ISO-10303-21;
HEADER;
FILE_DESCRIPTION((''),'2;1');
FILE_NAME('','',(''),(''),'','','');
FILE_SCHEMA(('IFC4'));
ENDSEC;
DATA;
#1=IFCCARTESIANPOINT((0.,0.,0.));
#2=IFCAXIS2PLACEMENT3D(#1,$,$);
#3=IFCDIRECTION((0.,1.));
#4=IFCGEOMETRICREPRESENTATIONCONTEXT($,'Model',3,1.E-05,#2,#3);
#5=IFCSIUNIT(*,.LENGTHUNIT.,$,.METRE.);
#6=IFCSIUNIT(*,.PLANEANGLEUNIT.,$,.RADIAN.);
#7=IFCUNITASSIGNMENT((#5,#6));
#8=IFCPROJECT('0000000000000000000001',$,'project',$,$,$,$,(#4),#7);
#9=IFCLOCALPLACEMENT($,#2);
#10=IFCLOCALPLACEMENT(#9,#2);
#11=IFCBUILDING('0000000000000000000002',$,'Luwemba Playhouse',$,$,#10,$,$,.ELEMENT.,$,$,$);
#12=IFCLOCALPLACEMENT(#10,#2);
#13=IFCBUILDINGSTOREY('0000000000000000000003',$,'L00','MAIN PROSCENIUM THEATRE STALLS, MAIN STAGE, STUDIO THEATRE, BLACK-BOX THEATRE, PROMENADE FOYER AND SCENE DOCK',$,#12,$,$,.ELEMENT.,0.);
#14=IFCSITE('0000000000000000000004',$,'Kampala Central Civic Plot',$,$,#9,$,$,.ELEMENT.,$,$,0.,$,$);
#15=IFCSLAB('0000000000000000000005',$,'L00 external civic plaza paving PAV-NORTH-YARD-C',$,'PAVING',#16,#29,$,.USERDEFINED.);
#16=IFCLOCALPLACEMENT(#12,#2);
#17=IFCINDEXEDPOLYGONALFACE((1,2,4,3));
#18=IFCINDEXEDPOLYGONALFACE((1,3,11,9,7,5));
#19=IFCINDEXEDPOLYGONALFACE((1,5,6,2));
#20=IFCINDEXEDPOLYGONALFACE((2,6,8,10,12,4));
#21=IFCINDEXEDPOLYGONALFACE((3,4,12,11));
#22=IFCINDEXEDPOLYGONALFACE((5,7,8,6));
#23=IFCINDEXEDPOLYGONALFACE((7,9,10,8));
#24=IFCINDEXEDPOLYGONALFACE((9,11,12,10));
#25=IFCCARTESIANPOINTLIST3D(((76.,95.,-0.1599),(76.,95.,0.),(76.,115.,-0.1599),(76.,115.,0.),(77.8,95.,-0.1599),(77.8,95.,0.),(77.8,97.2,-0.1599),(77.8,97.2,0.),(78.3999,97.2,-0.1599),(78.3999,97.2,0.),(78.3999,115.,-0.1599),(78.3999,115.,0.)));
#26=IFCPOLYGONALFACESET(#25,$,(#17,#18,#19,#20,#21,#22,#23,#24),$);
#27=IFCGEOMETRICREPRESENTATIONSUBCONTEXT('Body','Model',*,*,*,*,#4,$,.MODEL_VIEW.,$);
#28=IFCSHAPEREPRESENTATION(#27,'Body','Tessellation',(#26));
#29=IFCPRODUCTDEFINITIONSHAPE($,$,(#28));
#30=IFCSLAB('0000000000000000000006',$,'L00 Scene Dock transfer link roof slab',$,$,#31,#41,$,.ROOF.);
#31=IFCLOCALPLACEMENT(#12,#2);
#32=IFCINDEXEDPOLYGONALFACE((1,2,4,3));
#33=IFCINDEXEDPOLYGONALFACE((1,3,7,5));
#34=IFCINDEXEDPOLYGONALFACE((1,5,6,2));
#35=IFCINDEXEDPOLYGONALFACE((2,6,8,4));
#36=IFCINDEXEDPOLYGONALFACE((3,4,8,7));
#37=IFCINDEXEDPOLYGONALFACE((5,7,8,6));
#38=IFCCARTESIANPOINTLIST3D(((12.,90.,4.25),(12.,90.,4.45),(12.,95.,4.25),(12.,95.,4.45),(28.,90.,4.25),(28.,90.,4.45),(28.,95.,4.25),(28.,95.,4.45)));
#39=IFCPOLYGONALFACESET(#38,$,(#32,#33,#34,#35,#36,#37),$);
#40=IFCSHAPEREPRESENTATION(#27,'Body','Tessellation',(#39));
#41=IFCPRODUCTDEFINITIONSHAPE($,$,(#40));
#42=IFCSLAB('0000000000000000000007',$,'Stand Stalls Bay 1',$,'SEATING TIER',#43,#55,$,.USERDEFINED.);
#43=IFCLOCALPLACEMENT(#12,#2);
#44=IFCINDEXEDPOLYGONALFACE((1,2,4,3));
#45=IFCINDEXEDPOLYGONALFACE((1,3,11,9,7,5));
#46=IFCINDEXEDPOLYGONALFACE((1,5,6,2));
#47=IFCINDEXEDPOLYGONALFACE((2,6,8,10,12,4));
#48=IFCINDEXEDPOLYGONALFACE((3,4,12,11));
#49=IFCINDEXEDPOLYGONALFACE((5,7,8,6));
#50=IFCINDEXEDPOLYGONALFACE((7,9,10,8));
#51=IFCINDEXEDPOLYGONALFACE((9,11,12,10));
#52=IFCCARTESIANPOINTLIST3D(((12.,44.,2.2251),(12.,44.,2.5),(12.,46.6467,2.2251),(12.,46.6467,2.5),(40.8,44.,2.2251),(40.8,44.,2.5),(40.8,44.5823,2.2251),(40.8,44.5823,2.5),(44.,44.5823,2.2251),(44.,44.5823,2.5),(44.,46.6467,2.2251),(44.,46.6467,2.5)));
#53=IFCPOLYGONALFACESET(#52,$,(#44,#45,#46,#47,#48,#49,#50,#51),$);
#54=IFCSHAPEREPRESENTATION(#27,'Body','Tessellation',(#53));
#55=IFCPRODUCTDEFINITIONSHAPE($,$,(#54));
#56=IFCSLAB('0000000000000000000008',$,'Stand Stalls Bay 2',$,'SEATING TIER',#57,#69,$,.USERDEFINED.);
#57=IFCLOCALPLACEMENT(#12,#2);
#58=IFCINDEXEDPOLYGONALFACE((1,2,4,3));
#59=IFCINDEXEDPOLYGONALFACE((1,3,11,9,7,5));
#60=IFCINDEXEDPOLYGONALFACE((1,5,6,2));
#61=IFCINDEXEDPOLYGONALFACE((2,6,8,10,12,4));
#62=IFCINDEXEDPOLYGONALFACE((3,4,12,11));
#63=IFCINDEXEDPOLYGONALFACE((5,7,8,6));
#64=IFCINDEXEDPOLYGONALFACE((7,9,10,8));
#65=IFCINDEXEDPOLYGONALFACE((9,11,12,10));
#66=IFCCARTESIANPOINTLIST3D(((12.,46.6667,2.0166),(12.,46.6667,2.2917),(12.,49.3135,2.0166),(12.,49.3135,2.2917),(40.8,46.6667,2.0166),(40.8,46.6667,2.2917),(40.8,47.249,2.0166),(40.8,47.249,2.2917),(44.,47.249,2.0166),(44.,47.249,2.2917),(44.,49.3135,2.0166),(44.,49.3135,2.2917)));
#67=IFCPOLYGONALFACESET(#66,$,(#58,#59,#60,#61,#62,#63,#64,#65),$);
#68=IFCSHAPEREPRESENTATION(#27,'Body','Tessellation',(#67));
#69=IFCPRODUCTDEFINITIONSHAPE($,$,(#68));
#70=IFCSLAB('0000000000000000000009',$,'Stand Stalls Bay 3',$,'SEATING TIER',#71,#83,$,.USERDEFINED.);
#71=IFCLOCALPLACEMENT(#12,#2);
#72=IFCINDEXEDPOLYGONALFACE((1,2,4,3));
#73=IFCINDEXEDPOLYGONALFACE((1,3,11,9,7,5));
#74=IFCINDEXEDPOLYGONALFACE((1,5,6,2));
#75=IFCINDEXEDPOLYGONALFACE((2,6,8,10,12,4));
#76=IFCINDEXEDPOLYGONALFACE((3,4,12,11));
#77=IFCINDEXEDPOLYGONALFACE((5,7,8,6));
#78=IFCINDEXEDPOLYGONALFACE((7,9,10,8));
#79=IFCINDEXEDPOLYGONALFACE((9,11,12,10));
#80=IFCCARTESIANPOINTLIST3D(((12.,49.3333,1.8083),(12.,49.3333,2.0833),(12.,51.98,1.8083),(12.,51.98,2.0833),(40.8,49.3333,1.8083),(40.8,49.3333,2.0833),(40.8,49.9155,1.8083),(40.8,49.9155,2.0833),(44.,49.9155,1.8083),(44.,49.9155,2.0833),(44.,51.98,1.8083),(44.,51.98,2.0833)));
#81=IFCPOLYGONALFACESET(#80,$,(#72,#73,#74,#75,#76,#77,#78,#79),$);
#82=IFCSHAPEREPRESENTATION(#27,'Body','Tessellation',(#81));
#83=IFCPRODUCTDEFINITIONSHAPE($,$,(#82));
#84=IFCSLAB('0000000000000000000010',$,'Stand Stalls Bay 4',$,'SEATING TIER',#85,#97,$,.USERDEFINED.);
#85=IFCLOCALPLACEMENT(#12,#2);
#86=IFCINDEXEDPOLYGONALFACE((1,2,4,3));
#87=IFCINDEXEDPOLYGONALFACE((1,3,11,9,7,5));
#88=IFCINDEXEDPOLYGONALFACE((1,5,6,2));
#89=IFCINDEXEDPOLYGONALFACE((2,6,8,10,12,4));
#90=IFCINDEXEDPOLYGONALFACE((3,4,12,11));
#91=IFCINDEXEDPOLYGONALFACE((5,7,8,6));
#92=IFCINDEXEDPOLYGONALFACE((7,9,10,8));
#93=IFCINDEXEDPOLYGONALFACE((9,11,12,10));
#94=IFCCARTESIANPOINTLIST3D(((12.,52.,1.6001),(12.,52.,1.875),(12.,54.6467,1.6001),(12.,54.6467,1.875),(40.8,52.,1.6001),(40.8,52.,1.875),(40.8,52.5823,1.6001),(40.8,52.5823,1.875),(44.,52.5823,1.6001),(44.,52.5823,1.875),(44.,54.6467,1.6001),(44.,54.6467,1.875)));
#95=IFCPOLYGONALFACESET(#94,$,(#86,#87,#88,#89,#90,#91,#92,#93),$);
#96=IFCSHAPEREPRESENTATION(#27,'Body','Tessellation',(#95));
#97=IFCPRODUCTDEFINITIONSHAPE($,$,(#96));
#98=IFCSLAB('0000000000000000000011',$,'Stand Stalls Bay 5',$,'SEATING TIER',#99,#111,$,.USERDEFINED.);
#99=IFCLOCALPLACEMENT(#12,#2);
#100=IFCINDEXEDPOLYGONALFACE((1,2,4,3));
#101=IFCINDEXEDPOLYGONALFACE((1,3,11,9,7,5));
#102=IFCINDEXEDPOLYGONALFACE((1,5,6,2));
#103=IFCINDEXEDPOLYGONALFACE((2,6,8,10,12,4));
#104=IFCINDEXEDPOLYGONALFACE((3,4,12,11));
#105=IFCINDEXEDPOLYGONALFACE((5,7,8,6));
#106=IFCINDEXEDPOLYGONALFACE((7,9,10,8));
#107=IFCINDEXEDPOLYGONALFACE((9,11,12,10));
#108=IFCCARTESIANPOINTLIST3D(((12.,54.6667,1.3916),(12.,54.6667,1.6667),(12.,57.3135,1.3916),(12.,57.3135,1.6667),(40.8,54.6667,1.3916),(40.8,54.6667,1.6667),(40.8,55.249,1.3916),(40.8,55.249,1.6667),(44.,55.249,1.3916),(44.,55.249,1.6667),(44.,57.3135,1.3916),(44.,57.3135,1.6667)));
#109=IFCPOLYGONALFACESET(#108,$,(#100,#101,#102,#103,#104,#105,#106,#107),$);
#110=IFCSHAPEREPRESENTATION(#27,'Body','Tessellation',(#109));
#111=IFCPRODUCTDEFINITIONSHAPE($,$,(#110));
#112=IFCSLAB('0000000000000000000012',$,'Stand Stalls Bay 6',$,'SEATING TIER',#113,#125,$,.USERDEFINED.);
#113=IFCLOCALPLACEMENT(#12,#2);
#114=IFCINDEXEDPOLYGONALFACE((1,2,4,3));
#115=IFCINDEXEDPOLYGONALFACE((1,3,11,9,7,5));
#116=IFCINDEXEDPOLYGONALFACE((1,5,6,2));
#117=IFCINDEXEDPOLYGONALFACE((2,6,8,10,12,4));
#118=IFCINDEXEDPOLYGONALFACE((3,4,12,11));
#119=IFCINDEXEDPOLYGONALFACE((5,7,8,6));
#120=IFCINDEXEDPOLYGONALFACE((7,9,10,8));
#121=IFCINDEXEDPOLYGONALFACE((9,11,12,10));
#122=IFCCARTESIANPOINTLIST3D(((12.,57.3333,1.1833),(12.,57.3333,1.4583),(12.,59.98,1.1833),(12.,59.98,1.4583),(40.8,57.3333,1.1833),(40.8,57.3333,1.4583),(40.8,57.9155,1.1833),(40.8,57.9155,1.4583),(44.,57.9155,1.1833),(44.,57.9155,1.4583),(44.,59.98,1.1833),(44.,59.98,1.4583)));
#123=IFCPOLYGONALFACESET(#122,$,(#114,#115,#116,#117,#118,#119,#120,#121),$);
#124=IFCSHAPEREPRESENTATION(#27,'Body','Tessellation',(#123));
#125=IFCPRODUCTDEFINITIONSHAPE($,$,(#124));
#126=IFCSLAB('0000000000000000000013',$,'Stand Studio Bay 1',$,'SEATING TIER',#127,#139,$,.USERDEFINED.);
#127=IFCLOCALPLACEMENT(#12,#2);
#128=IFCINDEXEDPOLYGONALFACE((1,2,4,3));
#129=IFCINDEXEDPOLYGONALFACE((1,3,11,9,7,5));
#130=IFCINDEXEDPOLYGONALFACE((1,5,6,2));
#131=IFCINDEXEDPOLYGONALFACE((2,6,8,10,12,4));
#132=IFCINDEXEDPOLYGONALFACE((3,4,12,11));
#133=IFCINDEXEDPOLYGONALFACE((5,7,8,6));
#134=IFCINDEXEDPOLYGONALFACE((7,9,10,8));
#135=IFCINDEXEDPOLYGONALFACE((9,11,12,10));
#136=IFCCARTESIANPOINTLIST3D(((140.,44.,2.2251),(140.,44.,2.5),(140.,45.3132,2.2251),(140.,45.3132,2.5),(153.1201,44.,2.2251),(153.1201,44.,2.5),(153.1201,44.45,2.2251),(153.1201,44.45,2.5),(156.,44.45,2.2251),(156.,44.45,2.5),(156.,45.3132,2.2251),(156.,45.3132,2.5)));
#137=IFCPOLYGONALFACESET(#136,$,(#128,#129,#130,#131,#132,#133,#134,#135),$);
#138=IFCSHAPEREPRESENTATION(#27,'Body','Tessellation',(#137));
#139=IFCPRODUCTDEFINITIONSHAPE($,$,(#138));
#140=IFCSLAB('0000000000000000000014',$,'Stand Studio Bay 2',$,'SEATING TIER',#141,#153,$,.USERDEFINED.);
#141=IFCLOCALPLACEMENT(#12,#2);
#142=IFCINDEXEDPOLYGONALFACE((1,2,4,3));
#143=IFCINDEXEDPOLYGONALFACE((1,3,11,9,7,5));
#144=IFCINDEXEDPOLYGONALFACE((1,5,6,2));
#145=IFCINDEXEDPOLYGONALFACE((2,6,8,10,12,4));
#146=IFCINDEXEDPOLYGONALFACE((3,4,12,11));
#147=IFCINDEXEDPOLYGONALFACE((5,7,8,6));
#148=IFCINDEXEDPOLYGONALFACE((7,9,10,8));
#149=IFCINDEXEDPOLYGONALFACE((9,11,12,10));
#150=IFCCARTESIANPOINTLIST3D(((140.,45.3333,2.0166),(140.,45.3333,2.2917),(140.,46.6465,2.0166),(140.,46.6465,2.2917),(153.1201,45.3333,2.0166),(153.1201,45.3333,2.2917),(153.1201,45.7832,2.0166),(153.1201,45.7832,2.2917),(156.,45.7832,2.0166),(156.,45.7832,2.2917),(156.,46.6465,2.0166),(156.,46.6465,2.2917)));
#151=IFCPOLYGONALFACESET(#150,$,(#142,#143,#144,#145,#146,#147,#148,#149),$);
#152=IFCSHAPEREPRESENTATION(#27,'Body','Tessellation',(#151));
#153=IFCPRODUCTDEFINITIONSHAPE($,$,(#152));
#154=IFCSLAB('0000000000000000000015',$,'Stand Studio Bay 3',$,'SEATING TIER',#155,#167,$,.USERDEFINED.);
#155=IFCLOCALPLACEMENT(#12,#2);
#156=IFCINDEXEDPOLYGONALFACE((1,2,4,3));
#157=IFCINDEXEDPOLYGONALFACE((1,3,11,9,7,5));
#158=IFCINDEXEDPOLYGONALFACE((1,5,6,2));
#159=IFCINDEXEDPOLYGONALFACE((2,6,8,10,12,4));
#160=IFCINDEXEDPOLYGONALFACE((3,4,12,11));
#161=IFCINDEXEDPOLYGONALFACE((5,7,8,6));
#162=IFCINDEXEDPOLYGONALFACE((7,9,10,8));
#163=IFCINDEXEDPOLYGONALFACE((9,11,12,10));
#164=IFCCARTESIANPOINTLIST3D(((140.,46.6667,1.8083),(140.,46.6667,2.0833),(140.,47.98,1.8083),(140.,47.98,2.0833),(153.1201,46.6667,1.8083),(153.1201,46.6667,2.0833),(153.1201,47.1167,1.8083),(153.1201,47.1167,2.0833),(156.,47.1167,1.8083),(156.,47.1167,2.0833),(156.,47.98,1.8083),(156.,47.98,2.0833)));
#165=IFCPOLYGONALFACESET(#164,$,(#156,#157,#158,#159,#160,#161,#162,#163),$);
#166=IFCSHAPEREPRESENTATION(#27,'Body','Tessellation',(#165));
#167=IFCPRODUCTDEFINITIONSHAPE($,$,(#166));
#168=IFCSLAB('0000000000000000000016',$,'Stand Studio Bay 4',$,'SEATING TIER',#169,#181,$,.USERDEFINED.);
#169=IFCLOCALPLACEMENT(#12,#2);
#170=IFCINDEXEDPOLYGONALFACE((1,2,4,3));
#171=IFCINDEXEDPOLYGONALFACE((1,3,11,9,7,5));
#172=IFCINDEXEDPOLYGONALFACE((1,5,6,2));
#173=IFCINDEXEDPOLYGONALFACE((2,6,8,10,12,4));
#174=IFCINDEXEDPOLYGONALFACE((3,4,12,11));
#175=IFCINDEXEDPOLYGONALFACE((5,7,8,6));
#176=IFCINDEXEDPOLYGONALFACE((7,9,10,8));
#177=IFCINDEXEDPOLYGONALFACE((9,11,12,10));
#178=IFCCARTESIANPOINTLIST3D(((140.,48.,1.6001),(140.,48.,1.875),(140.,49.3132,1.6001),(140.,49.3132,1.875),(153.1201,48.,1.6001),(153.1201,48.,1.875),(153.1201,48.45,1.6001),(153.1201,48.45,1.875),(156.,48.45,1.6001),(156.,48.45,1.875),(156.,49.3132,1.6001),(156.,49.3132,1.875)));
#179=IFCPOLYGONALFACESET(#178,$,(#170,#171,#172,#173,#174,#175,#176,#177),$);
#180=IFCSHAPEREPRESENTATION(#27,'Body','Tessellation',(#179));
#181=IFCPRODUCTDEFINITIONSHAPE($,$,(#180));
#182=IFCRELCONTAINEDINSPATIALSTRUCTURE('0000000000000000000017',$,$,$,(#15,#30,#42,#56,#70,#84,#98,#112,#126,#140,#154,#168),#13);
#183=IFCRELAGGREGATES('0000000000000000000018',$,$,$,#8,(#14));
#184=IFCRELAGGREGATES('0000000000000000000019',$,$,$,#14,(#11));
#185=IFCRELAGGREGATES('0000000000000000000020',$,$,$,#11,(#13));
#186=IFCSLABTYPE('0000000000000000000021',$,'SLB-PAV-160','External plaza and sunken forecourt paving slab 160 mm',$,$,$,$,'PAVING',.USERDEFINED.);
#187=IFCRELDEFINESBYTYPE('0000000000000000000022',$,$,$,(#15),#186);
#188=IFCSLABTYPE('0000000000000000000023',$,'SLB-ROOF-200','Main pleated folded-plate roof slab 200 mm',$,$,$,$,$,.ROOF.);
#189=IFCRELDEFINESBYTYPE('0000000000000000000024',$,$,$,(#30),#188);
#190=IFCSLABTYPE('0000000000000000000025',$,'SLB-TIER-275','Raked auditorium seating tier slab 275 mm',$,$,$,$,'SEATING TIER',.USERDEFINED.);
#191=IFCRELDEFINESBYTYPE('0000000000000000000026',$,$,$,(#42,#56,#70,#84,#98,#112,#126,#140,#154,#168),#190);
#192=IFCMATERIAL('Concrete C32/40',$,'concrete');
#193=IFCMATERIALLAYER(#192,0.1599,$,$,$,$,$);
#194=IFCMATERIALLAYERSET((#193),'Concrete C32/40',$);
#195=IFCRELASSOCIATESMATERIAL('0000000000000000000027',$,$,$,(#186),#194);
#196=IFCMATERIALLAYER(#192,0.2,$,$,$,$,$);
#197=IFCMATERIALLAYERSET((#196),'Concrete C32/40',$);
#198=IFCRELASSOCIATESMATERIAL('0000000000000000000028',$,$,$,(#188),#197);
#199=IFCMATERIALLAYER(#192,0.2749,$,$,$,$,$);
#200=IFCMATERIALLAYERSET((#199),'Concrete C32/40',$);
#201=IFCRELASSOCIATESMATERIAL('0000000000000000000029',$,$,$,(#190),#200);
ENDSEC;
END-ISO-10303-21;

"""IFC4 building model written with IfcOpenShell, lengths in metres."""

from ifc_helpers import new_model, si_unit, direction, frame, origin, place, context, subcontext, project, spatial, polyline, outline, extrude, material, layer, layer_set, type_object, element, save


model = new_model("IFC4")

# Units and contexts
model_context = context("Model", 3, precision=1e-05, world=origin(), true_north=direction((0.0, 1.0)))
body_context = subcontext(model_context, "Body", "Model", "MODEL_VIEW")
ifc_project = project(units=[si_unit("LENGTHUNIT", "METRE"), si_unit("PLANEANGLEUNIT", "RADIAN")], contexts=[model_context])

# Site, building, storey
site_placement = place(None, origin())
site = spatial("IfcSite", under=ifc_project, at=site_placement, Name="Kampala Central Civic Plot", CompositionType="ELEMENT", RefElevation=0.0)
building_placement = place(site_placement, origin())
building = spatial("IfcBuilding", under=site, at=building_placement, Name="Luwemba Playhouse", CompositionType="ELEMENT")
storey_placement = place(building_placement, origin())
storey = spatial("IfcBuildingStorey", under=building, at=storey_placement, Name="L00", Description="MAIN PROSCENIUM THEATRE STALLS, MAIN STAGE, STUDIO THEATRE, BLACK-BOX THEATRE, PROMENADE FOYER AND SCENE DOCK", CompositionType="ELEMENT", Elevation=0.0)

# Slabs
ifc_material_1 = material(Name="Concrete C32/40", Category="concrete")
ifc_layer_1 = layer(ifc_material_1, 0.1599)
ifc_layer_set_1 = layer_set([ifc_layer_1], Name="Concrete C32/40")
slab_type_1 = type_object("IfcSlabType", Name="SLB-PAV-160", Description="External plaza and sunken forecourt paving slab 160 mm", ElementType="PAVING", PredefinedType="USERDEFINED", material=ifc_layer_set_1)
slab_1_placement = place(storey_placement, frame((0.0, 0.0, -0.1599)))
element("IfcSlab", 1, at=slab_1_placement, inside=storey, type_object=slab_type_1, Name="L00 external civic plaza paving PAV-NORTH-YARD-C", ObjectType="PAVING", PredefinedType="USERDEFINED", context=body_context, shape_type="SweptSolid", body=[
    extrude(outline(polyline([(76.0, 95.0), (77.8, 95.0), (77.8, 97.2), (78.3999, 97.2), (78.3999, 115.0), (76.0, 115.0), (76.0, 95.0)])), origin(), (0.0, 0.0, 1.0), 0.1599),
])
ifc_layer_2 = layer(ifc_material_1, 0.2)
ifc_layer_set_2 = layer_set([ifc_layer_2], Name="Concrete C32/40")
slab_type_2 = type_object("IfcSlabType", Name="SLB-ROOF-200", Description="Main pleated folded-plate roof slab 200 mm", PredefinedType="ROOF", material=ifc_layer_set_2)
slab_2_placement = place(storey_placement, frame((0.0, 0.0, 4.25)))
element("IfcSlab", 2, at=slab_2_placement, inside=storey, type_object=slab_type_2, Name="L00 Scene Dock transfer link roof slab", PredefinedType="ROOF", context=body_context, shape_type="SweptSolid", body=[
    extrude(outline(polyline([(12.0, 90.0), (28.0, 90.0), (28.0, 95.0), (12.0, 95.0), (12.0, 90.0)])), origin(), (0.0, 0.0, 1.0), 0.2),
])
ifc_layer_3 = layer(ifc_material_1, 0.2749)
ifc_layer_set_3 = layer_set([ifc_layer_3], Name="Concrete C32/40")
slab_type_3 = type_object("IfcSlabType", Name="SLB-TIER-275", Description="Raked auditorium seating tier slab 275 mm", ElementType="SEATING TIER", PredefinedType="USERDEFINED", material=ifc_layer_set_3)
slab_3_placement = place(storey_placement, frame((0.0, 0.0, 2.2251)))
element("IfcSlab", 3, at=slab_3_placement, inside=storey, type_object=slab_type_3, Name="Stand Stalls Bay 1", ObjectType="SEATING TIER", PredefinedType="USERDEFINED", context=body_context, shape_type="SweptSolid", body=[
    extrude(outline(polyline([(12.0, 44.0), (40.8, 44.0), (40.8, 44.5823), (44.0, 44.5823), (44.0, 46.6467), (12.0, 46.6467), (12.0, 44.0)])), origin(), (0.0, 0.0, 1.0), 0.2749),
])
slab_4_placement = place(storey_placement, frame((0.0, 0.0, 2.0166)))
element("IfcSlab", 4, at=slab_4_placement, inside=storey, type_object=slab_type_3, Name="Stand Stalls Bay 2", ObjectType="SEATING TIER", PredefinedType="USERDEFINED", context=body_context, shape_type="SweptSolid", body=[
    extrude(outline(polyline([(12.0, 46.6667), (40.8, 46.6667), (40.8, 47.249), (44.0, 47.249), (44.0, 49.3135), (12.0, 49.3135), (12.0, 46.6667)])), origin(), (0.0, 0.0, 1.0), 0.2751),
])
slab_5_placement = place(storey_placement, frame((0.0, 0.0, 1.8083)))
element("IfcSlab", 5, at=slab_5_placement, inside=storey, type_object=slab_type_3, Name="Stand Stalls Bay 3", ObjectType="SEATING TIER", PredefinedType="USERDEFINED", context=body_context, shape_type="SweptSolid", body=[
    extrude(outline(polyline([(12.0, 49.3333), (40.8, 49.3333), (40.8, 49.9155), (44.0, 49.9155), (44.0, 51.98), (12.0, 51.98), (12.0, 49.3333)])), origin(), (0.0, 0.0, 1.0), 0.2749),
])
slab_6_placement = place(storey_placement, frame((0.0, 0.0, 1.6001)))
element("IfcSlab", 6, at=slab_6_placement, inside=storey, type_object=slab_type_3, Name="Stand Stalls Bay 4", ObjectType="SEATING TIER", PredefinedType="USERDEFINED", context=body_context, shape_type="SweptSolid", body=[
    extrude(outline(polyline([(12.0, 52.0), (40.8, 52.0), (40.8, 52.5823), (44.0, 52.5823), (44.0, 54.6467), (12.0, 54.6467), (12.0, 52.0)])), origin(), (0.0, 0.0, 1.0), 0.2749),
])
slab_7_placement = place(storey_placement, frame((0.0, 0.0, 1.3916)))
element("IfcSlab", 7, at=slab_7_placement, inside=storey, type_object=slab_type_3, Name="Stand Stalls Bay 5", ObjectType="SEATING TIER", PredefinedType="USERDEFINED", context=body_context, shape_type="SweptSolid", body=[
    extrude(outline(polyline([(12.0, 54.6667), (40.8, 54.6667), (40.8, 55.249), (44.0, 55.249), (44.0, 57.3135), (12.0, 57.3135), (12.0, 54.6667)])), origin(), (0.0, 0.0, 1.0), 0.2751),
])
slab_8_placement = place(storey_placement, frame((0.0, 0.0, 1.1833)))
element("IfcSlab", 8, at=slab_8_placement, inside=storey, type_object=slab_type_3, Name="Stand Stalls Bay 6", ObjectType="SEATING TIER", PredefinedType="USERDEFINED", context=body_context, shape_type="SweptSolid", body=[
    extrude(outline(polyline([(12.0, 57.3333), (40.8, 57.3333), (40.8, 57.9155), (44.0, 57.9155), (44.0, 59.98), (12.0, 59.98), (12.0, 57.3333)])), origin(), (0.0, 0.0, 1.0), 0.2749),
])
slab_9_placement = place(storey_placement, frame((0.0, 0.0, 2.2251)))
element("IfcSlab", 9, at=slab_9_placement, inside=storey, type_object=slab_type_3, Name="Stand Studio Bay 1", ObjectType="SEATING TIER", PredefinedType="USERDEFINED", context=body_context, shape_type="SweptSolid", body=[
    extrude(outline(polyline([(140.0, 44.0), (153.1201, 44.0), (153.1201, 44.45), (156.0, 44.45), (156.0, 45.3132), (140.0, 45.3132), (140.0, 44.0)])), origin(), (0.0, 0.0, 1.0), 0.2749),
])
slab_10_placement = place(storey_placement, frame((0.0, 0.0, 2.0166)))
element("IfcSlab", 10, at=slab_10_placement, inside=storey, type_object=slab_type_3, Name="Stand Studio Bay 2", ObjectType="SEATING TIER", PredefinedType="USERDEFINED", context=body_context, shape_type="SweptSolid", body=[
    extrude(outline(polyline([(140.0, 45.3333), (153.1201, 45.3333), (153.1201, 45.7832), (156.0, 45.7832), (156.0, 46.6465), (140.0, 46.6465), (140.0, 45.3333)])), origin(), (0.0, 0.0, 1.0), 0.2751),
])
slab_11_placement = place(storey_placement, frame((0.0, 0.0, 1.8083)))
element("IfcSlab", 11, at=slab_11_placement, inside=storey, type_object=slab_type_3, Name="Stand Studio Bay 3", ObjectType="SEATING TIER", PredefinedType="USERDEFINED", context=body_context, shape_type="SweptSolid", body=[
    extrude(outline(polyline([(140.0, 46.6667), (153.1201, 46.6667), (153.1201, 47.1167), (156.0, 47.1167), (156.0, 47.98), (140.0, 47.98), (140.0, 46.6667)])), origin(), (0.0, 0.0, 1.0), 0.2749),
])
slab_12_placement = place(storey_placement, frame((0.0, 0.0, 1.6001)))
element("IfcSlab", 12, at=slab_12_placement, inside=storey, type_object=slab_type_3, Name="Stand Studio Bay 4", ObjectType="SEATING TIER", PredefinedType="USERDEFINED", context=body_context, shape_type="SweptSolid", body=[
    extrude(outline(polyline([(140.0, 48.0), (153.1201, 48.0), (153.1201, 48.45), (156.0, 48.45), (156.0, 49.3132), (140.0, 49.3132), (140.0, 48.0)])), origin(), (0.0, 0.0, 1.0), 0.2749),
])

save(model, "model.ifc")
